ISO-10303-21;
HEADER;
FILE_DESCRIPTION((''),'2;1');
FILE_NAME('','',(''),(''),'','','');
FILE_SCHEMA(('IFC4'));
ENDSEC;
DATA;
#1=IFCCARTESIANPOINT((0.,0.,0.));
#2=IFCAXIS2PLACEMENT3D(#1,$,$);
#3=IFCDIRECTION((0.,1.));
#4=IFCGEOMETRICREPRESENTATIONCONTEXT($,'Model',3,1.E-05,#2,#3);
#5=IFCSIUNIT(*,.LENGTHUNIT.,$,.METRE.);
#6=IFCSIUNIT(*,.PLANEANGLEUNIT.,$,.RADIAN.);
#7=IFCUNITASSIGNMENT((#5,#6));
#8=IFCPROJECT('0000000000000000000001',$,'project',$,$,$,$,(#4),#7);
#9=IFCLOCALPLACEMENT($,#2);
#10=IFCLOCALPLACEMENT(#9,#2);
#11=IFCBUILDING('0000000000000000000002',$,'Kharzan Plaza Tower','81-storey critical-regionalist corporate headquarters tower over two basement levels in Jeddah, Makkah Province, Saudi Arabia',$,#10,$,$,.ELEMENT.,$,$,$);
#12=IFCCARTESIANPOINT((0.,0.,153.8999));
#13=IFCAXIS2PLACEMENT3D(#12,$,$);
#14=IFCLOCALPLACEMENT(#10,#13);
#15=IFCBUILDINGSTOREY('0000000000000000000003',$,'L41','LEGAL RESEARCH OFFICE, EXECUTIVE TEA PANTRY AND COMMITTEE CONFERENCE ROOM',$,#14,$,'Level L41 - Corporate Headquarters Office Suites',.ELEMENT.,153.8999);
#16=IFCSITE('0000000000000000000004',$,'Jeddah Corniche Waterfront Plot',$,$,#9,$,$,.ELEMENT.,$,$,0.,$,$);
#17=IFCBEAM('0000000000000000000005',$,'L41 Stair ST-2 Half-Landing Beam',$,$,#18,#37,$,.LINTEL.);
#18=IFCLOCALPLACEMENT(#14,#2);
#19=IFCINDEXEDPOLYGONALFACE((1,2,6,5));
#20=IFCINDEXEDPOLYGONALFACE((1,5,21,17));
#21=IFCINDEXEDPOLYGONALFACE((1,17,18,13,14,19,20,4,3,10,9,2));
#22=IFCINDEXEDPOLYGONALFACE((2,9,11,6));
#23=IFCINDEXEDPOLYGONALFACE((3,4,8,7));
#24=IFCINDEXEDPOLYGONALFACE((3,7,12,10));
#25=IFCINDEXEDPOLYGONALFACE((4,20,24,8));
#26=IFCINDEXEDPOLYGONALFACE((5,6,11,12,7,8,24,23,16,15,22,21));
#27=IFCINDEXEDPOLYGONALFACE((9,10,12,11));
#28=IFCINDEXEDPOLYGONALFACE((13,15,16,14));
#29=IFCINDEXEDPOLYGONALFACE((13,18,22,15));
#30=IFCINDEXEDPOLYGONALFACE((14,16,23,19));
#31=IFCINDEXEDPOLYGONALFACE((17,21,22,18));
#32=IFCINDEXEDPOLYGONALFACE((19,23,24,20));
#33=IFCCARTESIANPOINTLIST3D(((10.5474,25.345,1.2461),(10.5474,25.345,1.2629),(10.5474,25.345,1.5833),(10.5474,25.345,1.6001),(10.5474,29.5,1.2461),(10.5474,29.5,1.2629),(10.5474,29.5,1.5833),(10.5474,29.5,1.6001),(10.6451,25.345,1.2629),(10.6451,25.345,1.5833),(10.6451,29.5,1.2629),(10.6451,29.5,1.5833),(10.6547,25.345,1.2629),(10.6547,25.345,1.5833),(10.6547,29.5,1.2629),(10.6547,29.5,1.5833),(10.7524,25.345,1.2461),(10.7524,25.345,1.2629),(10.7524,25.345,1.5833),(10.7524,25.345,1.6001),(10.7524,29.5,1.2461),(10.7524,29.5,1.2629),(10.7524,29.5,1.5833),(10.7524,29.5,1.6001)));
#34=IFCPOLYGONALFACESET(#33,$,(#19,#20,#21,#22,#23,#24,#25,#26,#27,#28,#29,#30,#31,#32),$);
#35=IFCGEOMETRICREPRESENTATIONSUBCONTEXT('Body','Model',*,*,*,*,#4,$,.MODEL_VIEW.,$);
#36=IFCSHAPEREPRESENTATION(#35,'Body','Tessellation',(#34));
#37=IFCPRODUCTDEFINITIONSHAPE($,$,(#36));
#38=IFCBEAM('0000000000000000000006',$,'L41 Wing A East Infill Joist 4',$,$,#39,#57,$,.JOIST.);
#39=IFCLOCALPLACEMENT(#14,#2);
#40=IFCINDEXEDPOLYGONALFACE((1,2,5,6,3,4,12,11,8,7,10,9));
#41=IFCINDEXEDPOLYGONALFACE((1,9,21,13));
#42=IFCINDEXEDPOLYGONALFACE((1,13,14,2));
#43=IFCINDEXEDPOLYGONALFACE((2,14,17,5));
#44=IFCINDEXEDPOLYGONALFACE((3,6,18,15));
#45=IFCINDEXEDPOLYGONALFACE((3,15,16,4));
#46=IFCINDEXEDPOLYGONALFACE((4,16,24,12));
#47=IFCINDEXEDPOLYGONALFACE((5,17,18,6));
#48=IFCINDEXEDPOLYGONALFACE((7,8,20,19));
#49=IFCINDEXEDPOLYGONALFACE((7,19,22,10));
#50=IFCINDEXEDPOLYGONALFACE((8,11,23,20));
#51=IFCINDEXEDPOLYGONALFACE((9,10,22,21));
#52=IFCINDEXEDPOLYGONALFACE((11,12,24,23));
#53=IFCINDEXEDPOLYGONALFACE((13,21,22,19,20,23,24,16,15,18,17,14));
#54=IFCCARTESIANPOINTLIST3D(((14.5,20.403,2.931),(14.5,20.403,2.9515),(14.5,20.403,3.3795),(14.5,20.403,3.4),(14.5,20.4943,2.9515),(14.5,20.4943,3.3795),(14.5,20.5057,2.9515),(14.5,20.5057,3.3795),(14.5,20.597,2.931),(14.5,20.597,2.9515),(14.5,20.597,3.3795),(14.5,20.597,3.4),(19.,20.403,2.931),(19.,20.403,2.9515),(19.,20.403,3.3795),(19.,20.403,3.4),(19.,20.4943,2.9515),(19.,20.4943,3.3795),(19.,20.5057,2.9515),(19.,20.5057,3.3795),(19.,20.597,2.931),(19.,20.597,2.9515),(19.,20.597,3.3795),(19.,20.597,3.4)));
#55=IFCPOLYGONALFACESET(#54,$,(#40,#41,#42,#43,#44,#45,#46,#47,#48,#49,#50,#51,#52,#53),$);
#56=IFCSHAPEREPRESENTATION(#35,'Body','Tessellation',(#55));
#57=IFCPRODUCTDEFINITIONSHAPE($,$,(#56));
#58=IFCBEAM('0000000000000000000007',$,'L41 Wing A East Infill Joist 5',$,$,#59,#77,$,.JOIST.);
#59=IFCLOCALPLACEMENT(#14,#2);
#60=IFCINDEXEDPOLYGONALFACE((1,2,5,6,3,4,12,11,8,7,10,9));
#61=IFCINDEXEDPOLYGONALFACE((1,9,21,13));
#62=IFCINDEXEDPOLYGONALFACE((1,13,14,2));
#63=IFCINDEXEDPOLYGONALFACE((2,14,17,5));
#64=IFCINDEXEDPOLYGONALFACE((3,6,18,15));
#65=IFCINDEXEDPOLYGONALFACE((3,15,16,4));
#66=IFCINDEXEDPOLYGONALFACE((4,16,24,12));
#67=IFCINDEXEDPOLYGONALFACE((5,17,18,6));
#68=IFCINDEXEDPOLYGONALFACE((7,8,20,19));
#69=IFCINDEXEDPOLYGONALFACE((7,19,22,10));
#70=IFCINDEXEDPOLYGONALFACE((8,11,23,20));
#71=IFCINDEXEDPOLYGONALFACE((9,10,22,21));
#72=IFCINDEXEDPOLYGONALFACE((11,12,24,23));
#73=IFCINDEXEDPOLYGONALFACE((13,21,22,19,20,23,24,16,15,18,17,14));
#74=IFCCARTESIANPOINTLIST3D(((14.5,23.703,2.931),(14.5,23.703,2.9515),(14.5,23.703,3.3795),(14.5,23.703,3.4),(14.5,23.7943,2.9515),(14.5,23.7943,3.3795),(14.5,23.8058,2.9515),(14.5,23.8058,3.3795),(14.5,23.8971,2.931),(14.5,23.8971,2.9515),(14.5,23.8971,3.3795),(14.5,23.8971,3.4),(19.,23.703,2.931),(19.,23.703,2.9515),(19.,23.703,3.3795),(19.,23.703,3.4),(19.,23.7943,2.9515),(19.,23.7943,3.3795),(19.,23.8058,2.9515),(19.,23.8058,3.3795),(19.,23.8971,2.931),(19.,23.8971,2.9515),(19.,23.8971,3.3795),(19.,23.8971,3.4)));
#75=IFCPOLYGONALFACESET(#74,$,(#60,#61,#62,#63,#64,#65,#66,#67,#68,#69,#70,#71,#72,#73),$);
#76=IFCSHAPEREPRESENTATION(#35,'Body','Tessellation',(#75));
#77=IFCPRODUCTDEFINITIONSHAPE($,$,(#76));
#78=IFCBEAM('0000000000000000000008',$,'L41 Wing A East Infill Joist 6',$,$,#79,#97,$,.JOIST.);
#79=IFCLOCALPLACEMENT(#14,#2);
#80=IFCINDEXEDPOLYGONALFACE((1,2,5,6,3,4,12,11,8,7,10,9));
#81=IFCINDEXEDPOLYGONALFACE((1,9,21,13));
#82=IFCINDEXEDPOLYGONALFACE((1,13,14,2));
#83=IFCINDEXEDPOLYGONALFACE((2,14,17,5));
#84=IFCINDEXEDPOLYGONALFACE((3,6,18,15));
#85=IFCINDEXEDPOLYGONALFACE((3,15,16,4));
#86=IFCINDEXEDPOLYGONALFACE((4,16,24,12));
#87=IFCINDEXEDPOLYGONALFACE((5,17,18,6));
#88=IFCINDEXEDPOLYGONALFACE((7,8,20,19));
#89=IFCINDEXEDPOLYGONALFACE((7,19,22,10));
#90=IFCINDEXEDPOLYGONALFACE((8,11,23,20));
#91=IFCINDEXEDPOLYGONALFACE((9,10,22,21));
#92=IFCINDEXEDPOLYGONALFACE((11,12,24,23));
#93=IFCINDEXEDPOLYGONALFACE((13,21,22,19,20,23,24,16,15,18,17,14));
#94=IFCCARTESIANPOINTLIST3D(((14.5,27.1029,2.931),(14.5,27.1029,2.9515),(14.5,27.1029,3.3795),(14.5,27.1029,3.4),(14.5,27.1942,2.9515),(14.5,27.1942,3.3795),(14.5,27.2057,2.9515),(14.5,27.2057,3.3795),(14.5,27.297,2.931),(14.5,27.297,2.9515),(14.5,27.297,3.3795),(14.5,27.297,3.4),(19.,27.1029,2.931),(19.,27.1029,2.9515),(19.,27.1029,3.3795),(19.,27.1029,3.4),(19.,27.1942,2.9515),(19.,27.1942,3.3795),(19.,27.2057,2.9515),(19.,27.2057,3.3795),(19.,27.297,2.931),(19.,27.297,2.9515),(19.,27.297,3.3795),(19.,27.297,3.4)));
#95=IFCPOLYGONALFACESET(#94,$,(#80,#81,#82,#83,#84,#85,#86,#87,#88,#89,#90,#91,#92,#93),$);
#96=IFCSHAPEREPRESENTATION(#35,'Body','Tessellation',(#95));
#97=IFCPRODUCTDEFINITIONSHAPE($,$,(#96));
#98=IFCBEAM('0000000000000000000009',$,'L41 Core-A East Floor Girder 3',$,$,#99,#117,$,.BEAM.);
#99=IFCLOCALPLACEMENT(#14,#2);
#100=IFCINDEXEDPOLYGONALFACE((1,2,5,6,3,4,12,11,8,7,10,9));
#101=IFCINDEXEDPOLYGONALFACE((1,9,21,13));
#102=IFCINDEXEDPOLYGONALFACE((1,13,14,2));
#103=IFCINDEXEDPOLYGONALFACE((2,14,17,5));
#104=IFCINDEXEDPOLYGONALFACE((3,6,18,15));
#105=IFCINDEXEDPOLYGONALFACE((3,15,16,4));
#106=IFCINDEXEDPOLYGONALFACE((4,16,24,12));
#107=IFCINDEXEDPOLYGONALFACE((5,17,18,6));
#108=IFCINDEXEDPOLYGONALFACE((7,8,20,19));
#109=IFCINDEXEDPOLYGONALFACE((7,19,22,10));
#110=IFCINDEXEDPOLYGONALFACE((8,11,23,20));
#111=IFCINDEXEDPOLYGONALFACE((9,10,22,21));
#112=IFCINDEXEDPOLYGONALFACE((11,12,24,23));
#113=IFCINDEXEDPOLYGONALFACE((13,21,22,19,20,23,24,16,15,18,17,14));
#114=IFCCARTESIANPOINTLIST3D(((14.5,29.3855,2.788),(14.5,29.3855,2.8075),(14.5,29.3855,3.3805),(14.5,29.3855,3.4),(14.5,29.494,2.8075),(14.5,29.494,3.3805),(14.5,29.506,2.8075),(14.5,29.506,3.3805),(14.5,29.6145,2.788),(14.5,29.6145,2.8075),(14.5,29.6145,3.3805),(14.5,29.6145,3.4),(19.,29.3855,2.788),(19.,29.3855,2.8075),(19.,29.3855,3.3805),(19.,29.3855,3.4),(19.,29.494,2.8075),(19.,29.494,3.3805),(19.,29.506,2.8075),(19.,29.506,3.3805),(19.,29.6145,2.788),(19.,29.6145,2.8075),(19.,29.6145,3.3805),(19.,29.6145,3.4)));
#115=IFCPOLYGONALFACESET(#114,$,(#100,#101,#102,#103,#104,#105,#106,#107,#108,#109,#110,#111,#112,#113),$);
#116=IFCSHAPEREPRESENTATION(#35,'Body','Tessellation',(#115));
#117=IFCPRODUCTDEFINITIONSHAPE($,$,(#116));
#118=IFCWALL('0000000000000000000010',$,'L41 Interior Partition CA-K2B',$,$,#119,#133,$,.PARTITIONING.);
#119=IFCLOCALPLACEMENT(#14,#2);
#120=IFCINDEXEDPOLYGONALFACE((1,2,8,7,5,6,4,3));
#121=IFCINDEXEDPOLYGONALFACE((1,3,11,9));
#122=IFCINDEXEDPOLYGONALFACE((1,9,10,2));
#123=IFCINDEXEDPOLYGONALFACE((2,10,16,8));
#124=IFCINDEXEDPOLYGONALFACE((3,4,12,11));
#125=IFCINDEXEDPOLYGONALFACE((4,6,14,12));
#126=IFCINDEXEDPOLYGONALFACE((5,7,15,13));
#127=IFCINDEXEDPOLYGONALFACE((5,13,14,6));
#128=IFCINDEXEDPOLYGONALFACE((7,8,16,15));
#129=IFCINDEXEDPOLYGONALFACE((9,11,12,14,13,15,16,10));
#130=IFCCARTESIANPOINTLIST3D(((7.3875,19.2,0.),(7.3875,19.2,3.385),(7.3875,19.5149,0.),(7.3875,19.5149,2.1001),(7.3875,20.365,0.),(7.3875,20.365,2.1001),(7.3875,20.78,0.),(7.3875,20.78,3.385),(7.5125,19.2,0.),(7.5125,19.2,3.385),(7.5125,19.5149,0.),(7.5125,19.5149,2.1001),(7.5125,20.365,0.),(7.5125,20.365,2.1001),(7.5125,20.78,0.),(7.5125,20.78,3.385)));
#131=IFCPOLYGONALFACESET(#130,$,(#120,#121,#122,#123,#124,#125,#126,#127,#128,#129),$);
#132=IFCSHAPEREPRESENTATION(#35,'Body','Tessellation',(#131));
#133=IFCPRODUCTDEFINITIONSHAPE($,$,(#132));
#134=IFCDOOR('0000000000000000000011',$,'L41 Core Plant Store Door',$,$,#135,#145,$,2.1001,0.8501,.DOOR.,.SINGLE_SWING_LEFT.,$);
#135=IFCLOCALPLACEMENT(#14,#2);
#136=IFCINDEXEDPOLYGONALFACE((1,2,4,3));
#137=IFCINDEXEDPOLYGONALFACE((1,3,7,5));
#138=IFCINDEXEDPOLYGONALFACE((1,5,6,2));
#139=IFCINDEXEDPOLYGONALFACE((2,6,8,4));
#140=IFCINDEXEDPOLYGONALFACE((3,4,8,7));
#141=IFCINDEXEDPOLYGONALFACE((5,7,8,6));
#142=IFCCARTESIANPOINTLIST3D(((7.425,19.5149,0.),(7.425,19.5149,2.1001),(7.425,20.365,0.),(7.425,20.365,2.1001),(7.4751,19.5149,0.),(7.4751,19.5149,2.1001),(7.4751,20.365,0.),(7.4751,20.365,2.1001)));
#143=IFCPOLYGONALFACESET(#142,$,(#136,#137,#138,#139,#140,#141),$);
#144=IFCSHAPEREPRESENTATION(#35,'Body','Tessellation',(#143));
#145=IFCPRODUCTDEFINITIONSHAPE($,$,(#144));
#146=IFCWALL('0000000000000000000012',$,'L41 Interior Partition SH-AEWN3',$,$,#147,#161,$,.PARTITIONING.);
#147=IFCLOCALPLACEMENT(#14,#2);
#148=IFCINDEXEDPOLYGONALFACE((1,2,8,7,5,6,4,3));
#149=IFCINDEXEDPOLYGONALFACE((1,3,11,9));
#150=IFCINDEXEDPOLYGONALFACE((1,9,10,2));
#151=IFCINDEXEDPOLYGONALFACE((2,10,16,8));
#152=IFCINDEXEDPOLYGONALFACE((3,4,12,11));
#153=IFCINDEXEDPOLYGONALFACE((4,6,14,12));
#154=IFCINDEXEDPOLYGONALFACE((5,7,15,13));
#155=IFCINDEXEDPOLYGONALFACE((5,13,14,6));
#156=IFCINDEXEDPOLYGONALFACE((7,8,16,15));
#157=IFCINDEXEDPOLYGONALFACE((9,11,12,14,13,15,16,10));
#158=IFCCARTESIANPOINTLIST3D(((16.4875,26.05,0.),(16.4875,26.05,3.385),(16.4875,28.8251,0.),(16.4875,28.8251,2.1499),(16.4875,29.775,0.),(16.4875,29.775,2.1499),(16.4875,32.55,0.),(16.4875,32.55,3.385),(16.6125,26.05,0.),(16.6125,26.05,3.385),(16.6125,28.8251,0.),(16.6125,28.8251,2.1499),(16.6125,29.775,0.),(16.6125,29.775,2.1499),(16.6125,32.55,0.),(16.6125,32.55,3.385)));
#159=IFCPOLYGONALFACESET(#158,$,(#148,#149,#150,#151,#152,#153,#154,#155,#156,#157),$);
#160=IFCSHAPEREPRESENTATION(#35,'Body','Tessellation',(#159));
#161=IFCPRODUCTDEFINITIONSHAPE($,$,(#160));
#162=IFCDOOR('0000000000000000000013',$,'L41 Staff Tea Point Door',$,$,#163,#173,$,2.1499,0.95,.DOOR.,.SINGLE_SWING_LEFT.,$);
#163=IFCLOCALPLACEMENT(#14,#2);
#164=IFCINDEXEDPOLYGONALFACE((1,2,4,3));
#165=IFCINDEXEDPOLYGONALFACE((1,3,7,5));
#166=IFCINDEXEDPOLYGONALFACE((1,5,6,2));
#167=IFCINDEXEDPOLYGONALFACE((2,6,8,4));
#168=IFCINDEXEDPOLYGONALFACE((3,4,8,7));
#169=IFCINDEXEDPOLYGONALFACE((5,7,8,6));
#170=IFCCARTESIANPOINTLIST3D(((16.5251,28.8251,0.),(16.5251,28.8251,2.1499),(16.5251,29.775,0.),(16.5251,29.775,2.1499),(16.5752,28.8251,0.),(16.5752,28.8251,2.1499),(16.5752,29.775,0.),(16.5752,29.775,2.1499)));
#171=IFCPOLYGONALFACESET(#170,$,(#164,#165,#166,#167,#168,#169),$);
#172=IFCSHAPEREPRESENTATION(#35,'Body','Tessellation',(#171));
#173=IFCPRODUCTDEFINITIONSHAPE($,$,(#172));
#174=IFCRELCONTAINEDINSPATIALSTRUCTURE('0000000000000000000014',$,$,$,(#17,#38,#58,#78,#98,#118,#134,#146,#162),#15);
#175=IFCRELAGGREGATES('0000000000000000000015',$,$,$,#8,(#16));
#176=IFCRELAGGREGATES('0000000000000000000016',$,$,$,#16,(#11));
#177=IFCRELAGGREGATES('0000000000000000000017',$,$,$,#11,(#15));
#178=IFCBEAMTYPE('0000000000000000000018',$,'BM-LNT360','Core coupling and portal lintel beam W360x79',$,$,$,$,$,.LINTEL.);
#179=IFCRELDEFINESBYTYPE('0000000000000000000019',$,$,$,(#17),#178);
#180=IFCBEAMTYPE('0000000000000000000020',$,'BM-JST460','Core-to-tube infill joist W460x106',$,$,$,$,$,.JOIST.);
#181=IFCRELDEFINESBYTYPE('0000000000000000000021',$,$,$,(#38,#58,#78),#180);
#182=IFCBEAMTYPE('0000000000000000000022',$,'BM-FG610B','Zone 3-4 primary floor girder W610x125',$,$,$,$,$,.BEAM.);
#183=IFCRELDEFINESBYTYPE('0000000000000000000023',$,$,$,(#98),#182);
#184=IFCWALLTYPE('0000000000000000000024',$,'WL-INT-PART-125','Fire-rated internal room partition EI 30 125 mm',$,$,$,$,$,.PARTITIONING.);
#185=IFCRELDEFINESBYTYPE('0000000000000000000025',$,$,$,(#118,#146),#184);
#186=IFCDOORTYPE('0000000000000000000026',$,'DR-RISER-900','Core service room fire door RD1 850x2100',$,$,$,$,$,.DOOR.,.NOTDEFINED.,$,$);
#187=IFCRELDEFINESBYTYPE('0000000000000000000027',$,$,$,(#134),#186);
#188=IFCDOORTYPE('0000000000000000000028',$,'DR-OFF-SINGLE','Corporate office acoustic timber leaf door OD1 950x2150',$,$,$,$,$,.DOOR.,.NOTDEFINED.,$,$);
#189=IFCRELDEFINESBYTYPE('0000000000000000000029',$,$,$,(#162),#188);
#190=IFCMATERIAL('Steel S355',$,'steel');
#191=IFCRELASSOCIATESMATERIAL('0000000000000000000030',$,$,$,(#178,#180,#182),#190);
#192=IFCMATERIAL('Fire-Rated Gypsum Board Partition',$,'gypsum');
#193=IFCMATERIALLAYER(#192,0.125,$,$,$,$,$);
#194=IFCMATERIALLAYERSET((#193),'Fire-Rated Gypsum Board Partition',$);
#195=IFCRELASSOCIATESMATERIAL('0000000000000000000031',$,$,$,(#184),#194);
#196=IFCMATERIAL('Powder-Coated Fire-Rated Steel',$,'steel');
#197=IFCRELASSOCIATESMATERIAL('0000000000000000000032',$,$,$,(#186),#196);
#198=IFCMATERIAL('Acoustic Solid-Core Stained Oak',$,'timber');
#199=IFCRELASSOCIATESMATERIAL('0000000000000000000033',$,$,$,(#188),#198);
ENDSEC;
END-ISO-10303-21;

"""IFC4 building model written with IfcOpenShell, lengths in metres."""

from ifc_helpers import new_model, si_unit, direction, frame, frame_2d, origin, origin_2d, place, context, subcontext, project, spatial, rectangle, i_section, extrude, source, transform, mapped, material, layer, layer_set, material_profile, profile_set, type_object, element, fill, save


model = new_model("IFC4")

# Units and contexts
model_context = context("Model", 3, precision=1e-05, world=origin(), true_north=direction((0.0, 1.0)))
body_context = subcontext(model_context, "Body", "Model", "MODEL_VIEW")
ifc_project = project(units=[si_unit("LENGTHUNIT", "METRE"), si_unit("PLANEANGLEUNIT", "RADIAN")], contexts=[model_context])

# Site, building, storey
site_placement = place(None, origin())
site = spatial("IfcSite", under=ifc_project, at=site_placement, Name="Jeddah Corniche Waterfront Plot", CompositionType="ELEMENT", RefElevation=0.0)
building_placement = place(site_placement, origin())
building = spatial("IfcBuilding", under=site, at=building_placement, Name="Kharzan Plaza Tower", Description="81-storey critical-regionalist corporate headquarters tower over two basement levels in Jeddah, Makkah Province, Saudi Arabia", CompositionType="ELEMENT")
storey_placement = place(building_placement, frame((0.0, 0.0, 153.8999)))
storey = spatial("IfcBuildingStorey", under=building, at=storey_placement, Name="L41", Description="LEGAL RESEARCH OFFICE, EXECUTIVE TEA PANTRY AND COMMITTEE CONFERENCE ROOM", LongName="Level L41 - Corporate Headquarters Office Suites", CompositionType="ELEMENT", Elevation=153.8999)

# Beams
ifc_material_1 = material(Name="Steel S355", Category="steel")
ifc_material_profile_1 = material_profile(ifc_material_1, i_section(OverallWidth=0.2051, OverallDepth=0.354, WebThickness=0.0095, FlangeThickness=0.0168, at=origin_2d()), Name="W360x79")
ifc_profile_set_1 = profile_set([ifc_material_profile_1], Name="Steel S355")
beam_type_1 = type_object("IfcBeamType", Name="BM-LNT360", Description="Core coupling and portal lintel beam W360x79", PredefinedType="LINTEL", material=ifc_profile_set_1)
shared_shape_1 = source(origin(), body_context, "Body", "SweptSolid", [
    extrude(i_section(OverallWidth=0.2051, OverallDepth=0.354, WebThickness=0.0095, FlangeThickness=0.0168, at=origin_2d()), origin(), (0.0, 0.0, 1.0), 4.155),
])
beam_1_placement = place(storey_placement, frame((10.6499, 25.345, 1.4231), z_axis=(0.0, 1.0, 0.0), x_axis=(-1.0, 0.0, 0.0)))
element("IfcBeam", 1, at=beam_1_placement, inside=storey, type_object=beam_type_1, Name="L41 Stair ST-2 Half-Landing Beam", PredefinedType="LINTEL", context=body_context, shape_type="MappedRepresentation", body=[
    mapped(shared_shape_1, transform((0.0, 0.0, 0.0), x_axis=(1.0, 0.0, 0.0), y_axis=(0.0, 1.0, 0.0), z_axis=(0.0, 0.0, 1.0))),
])
ifc_material_profile_2 = material_profile(ifc_material_1, i_section(OverallWidth=0.1941, OverallDepth=0.469, WebThickness=0.0115, FlangeThickness=0.0205, at=origin_2d()), Name="W460x106")
ifc_profile_set_2 = profile_set([ifc_material_profile_2], Name="Steel S355")
beam_type_2 = type_object("IfcBeamType", Name="BM-JST460", Description="Core-to-tube infill joist W460x106", PredefinedType="JOIST", material=ifc_profile_set_2)
shared_shape_2 = source(origin(), body_context, "Body", "SweptSolid", [
    extrude(i_section(OverallWidth=0.1941, OverallDepth=0.469, WebThickness=0.0115, FlangeThickness=0.0205, at=origin_2d()), origin(), (0.0, 0.0, 1.0), 4.5),
])
for number, where, z_axis, x_axis, name in (
    (2, (14.5, 20.5, 3.1655), (1.0, 0.0, 0.0), (0.0, 1.0, 0.0), "L41 Wing A East Infill Joist 4"),
    (3, (14.5, 23.8, 3.1655), (1.0, 0.0, 0.0), (0.0, 1.0, 0.0), "L41 Wing A East Infill Joist 5"),
    (4, (14.5, 27.2, 3.1655), (1.0, 0.0, 0.0), (0.0, 1.0, 0.0), "L41 Wing A East Infill Joist 6"),
):
    element("IfcBeam", number, at=place(storey_placement, frame(where, z_axis=z_axis, x_axis=x_axis)), inside=storey, type_object=beam_type_2, Name=name, PredefinedType="JOIST", context=body_context, shape_type="MappedRepresentation", body=[
        mapped(shared_shape_2, transform((0.0, 0.0, 0.0), x_axis=(1.0, 0.0, 0.0), y_axis=(0.0, 1.0, 0.0), z_axis=(0.0, 0.0, 1.0))),
    ])
ifc_material_profile_3 = material_profile(ifc_material_1, i_section(OverallWidth=0.229, OverallDepth=0.6121, WebThickness=0.012, FlangeThickness=0.0195, at=origin_2d()), Name="W610x125")
ifc_profile_set_3 = profile_set([ifc_material_profile_3], Name="Steel S355")
beam_type_3 = type_object("IfcBeamType", Name="BM-FG610B", Description="Zone 3-4 primary floor girder W610x125", PredefinedType="BEAM", material=ifc_profile_set_3)
shared_shape_3 = source(origin(), body_context, "Body", "SweptSolid", [
    extrude(i_section(OverallWidth=0.229, OverallDepth=0.6121, WebThickness=0.012, FlangeThickness=0.0195, at=origin_2d()), origin(), (0.0, 0.0, 1.0), 4.5),
])
beam_2_placement = place(storey_placement, frame((14.5, 29.5, 3.094), z_axis=(1.0, 0.0, 0.0), x_axis=(0.0, 1.0, 0.0)))
element("IfcBeam", 5, at=beam_2_placement, inside=storey, type_object=beam_type_3, Name="L41 Core-A East Floor Girder 3", PredefinedType="BEAM", context=body_context, shape_type="MappedRepresentation", body=[
    mapped(shared_shape_3, transform((0.0, 0.0, 0.0), x_axis=(1.0, 0.0, 0.0), y_axis=(0.0, 1.0, 0.0), z_axis=(0.0, 0.0, 1.0))),
])

# Walls, openings, doors
ifc_material_2 = material(Name="Fire-Rated Gypsum Board Partition", Category="gypsum")
ifc_layer_1 = layer(ifc_material_2, 0.125)
ifc_layer_set_1 = layer_set([ifc_layer_1], Name="Fire-Rated Gypsum Board Partition")
wall_type_1 = type_object("IfcWallType", Name="WL-INT-PART-125", Description="Fire-rated internal room partition EI 30 125 mm", PredefinedType="PARTITIONING", material=ifc_layer_set_1)
wall_1_placement = place(storey_placement, frame((7.45, 19.2, 0.0), z_axis=(0.0, 0.0, 1.0), x_axis=(0.0, 1.0, 0.0)))
wall_1 = element("IfcWall", 6, at=wall_1_placement, inside=storey, type_object=wall_type_1, Name="L41 Interior Partition CA-K2B", PredefinedType="PARTITIONING", context=body_context, shape_type="SweptSolid", body=[
    extrude(rectangle(XDim=1.5801, YDim=0.125, at=frame_2d((0.79, 0.0))), origin(), (0.0, 0.0, 1.0), 3.385),
])
opening_1_placement = place(wall_1_placement, frame((0.3149, 0.0, 0.0)))
opening_1 = element("IfcOpeningElement", 7, at=opening_1_placement, cuts=wall_1, PredefinedType="OPENING", context=body_context, shape_type="SweptSolid", body=[
    extrude(rectangle(XDim=0.8501, YDim=2.1001, at=frame_2d((0.425, 1.05))), frame((0.0, 0.0725, 0.0), z_axis=(0.0, -1.0, 0.0), x_axis=(1.0, 0.0, 0.0)), (0.0, 0.0, 1.0), 0.145),
])
ifc_material_3 = material(Name="Powder-Coated Fire-Rated Steel", Category="steel")
door_type_1 = type_object("IfcDoorType", Name="DR-RISER-900", Description="Core service room fire door RD1 850x2100", OperationType="NOTDEFINED", PredefinedType="DOOR", material=ifc_material_3)
shared_shape_4 = source(origin(), body_context, "Body", "SweptSolid", [
    extrude(rectangle(XDim=0.8501, YDim=2.1001, at=frame_2d((0.425, 1.05))), frame((0.0, 0.0249, 0.0), z_axis=(0.0, -1.0, 0.0), x_axis=(1.0, 0.0, 0.0)), (0.0, 0.0, 1.0), 0.05),
])
door_1_placement = place(opening_1_placement, origin())
door_1 = element("IfcDoor", 8, at=door_1_placement, inside=storey, type_object=door_type_1, Name="L41 Core Plant Store Door", OperationType="SINGLE_SWING_LEFT", OverallHeight=2.1001, OverallWidth=0.8501, PredefinedType="DOOR", context=body_context, shape_type="MappedRepresentation", body=[
    mapped(shared_shape_4, transform((0.0, 0.0, 0.0), x_axis=(1.0, 0.0, 0.0), y_axis=(0.0, 1.0, 0.0), z_axis=(0.0, 0.0, 1.0))),
])
fill(opening_1, door_1)
wall_2_placement = place(storey_placement, frame((16.55, 26.05, 0.0), z_axis=(0.0, 0.0, 1.0), x_axis=(0.0, 1.0, 0.0)))
wall_2 = element("IfcWall", 9, at=wall_2_placement, inside=storey, type_object=wall_type_1, Name="L41 Interior Partition SH-AEWN3", PredefinedType="PARTITIONING", context=body_context, shape_type="SweptSolid", body=[
    extrude(rectangle(XDim=6.5, YDim=0.125, at=frame_2d((3.25, 0.0))), origin(), (0.0, 0.0, 1.0), 3.385),
])
opening_2_placement = place(wall_2_placement, frame((2.7749, 0.0, 0.0)))
opening_2 = element("IfcOpeningElement", 10, at=opening_2_placement, cuts=wall_2, PredefinedType="OPENING", context=body_context, shape_type="SweptSolid", body=[
    extrude(rectangle(XDim=0.95, YDim=2.1499, at=frame_2d((0.4751, 1.075))), frame((0.0, 0.0725, 0.0), z_axis=(0.0, -1.0, 0.0), x_axis=(1.0, 0.0, 0.0)), (0.0, 0.0, 1.0), 0.145),
])
ifc_material_4 = material(Name="Acoustic Solid-Core Stained Oak", Category="timber")
door_type_2 = type_object("IfcDoorType", Name="DR-OFF-SINGLE", Description="Corporate office acoustic timber leaf door OD1 950x2150", OperationType="NOTDEFINED", PredefinedType="DOOR", material=ifc_material_4)
shared_shape_5 = source(origin(), body_context, "Body", "SweptSolid", [
    extrude(rectangle(XDim=0.95, YDim=2.1499, at=frame_2d((0.4751, 1.075))), frame((0.0, 0.0249, 0.0), z_axis=(0.0, -1.0, 0.0), x_axis=(1.0, 0.0, 0.0)), (0.0, 0.0, 1.0), 0.05),
])
door_2_placement = place(opening_2_placement, origin())
door_2 = element("IfcDoor", 11, at=door_2_placement, inside=storey, type_object=door_type_2, Name="L41 Staff Tea Point Door", OperationType="SINGLE_SWING_LEFT", OverallHeight=2.1499, OverallWidth=0.95, PredefinedType="DOOR", context=body_context, shape_type="MappedRepresentation", body=[
    mapped(shared_shape_5, transform((0.0, 0.0, 0.0), x_axis=(1.0, 0.0, 0.0), y_axis=(0.0, 1.0, 0.0), z_axis=(0.0, 0.0, 1.0))),
])
fill(opening_2, door_2)

save(model, "model.ifc")
